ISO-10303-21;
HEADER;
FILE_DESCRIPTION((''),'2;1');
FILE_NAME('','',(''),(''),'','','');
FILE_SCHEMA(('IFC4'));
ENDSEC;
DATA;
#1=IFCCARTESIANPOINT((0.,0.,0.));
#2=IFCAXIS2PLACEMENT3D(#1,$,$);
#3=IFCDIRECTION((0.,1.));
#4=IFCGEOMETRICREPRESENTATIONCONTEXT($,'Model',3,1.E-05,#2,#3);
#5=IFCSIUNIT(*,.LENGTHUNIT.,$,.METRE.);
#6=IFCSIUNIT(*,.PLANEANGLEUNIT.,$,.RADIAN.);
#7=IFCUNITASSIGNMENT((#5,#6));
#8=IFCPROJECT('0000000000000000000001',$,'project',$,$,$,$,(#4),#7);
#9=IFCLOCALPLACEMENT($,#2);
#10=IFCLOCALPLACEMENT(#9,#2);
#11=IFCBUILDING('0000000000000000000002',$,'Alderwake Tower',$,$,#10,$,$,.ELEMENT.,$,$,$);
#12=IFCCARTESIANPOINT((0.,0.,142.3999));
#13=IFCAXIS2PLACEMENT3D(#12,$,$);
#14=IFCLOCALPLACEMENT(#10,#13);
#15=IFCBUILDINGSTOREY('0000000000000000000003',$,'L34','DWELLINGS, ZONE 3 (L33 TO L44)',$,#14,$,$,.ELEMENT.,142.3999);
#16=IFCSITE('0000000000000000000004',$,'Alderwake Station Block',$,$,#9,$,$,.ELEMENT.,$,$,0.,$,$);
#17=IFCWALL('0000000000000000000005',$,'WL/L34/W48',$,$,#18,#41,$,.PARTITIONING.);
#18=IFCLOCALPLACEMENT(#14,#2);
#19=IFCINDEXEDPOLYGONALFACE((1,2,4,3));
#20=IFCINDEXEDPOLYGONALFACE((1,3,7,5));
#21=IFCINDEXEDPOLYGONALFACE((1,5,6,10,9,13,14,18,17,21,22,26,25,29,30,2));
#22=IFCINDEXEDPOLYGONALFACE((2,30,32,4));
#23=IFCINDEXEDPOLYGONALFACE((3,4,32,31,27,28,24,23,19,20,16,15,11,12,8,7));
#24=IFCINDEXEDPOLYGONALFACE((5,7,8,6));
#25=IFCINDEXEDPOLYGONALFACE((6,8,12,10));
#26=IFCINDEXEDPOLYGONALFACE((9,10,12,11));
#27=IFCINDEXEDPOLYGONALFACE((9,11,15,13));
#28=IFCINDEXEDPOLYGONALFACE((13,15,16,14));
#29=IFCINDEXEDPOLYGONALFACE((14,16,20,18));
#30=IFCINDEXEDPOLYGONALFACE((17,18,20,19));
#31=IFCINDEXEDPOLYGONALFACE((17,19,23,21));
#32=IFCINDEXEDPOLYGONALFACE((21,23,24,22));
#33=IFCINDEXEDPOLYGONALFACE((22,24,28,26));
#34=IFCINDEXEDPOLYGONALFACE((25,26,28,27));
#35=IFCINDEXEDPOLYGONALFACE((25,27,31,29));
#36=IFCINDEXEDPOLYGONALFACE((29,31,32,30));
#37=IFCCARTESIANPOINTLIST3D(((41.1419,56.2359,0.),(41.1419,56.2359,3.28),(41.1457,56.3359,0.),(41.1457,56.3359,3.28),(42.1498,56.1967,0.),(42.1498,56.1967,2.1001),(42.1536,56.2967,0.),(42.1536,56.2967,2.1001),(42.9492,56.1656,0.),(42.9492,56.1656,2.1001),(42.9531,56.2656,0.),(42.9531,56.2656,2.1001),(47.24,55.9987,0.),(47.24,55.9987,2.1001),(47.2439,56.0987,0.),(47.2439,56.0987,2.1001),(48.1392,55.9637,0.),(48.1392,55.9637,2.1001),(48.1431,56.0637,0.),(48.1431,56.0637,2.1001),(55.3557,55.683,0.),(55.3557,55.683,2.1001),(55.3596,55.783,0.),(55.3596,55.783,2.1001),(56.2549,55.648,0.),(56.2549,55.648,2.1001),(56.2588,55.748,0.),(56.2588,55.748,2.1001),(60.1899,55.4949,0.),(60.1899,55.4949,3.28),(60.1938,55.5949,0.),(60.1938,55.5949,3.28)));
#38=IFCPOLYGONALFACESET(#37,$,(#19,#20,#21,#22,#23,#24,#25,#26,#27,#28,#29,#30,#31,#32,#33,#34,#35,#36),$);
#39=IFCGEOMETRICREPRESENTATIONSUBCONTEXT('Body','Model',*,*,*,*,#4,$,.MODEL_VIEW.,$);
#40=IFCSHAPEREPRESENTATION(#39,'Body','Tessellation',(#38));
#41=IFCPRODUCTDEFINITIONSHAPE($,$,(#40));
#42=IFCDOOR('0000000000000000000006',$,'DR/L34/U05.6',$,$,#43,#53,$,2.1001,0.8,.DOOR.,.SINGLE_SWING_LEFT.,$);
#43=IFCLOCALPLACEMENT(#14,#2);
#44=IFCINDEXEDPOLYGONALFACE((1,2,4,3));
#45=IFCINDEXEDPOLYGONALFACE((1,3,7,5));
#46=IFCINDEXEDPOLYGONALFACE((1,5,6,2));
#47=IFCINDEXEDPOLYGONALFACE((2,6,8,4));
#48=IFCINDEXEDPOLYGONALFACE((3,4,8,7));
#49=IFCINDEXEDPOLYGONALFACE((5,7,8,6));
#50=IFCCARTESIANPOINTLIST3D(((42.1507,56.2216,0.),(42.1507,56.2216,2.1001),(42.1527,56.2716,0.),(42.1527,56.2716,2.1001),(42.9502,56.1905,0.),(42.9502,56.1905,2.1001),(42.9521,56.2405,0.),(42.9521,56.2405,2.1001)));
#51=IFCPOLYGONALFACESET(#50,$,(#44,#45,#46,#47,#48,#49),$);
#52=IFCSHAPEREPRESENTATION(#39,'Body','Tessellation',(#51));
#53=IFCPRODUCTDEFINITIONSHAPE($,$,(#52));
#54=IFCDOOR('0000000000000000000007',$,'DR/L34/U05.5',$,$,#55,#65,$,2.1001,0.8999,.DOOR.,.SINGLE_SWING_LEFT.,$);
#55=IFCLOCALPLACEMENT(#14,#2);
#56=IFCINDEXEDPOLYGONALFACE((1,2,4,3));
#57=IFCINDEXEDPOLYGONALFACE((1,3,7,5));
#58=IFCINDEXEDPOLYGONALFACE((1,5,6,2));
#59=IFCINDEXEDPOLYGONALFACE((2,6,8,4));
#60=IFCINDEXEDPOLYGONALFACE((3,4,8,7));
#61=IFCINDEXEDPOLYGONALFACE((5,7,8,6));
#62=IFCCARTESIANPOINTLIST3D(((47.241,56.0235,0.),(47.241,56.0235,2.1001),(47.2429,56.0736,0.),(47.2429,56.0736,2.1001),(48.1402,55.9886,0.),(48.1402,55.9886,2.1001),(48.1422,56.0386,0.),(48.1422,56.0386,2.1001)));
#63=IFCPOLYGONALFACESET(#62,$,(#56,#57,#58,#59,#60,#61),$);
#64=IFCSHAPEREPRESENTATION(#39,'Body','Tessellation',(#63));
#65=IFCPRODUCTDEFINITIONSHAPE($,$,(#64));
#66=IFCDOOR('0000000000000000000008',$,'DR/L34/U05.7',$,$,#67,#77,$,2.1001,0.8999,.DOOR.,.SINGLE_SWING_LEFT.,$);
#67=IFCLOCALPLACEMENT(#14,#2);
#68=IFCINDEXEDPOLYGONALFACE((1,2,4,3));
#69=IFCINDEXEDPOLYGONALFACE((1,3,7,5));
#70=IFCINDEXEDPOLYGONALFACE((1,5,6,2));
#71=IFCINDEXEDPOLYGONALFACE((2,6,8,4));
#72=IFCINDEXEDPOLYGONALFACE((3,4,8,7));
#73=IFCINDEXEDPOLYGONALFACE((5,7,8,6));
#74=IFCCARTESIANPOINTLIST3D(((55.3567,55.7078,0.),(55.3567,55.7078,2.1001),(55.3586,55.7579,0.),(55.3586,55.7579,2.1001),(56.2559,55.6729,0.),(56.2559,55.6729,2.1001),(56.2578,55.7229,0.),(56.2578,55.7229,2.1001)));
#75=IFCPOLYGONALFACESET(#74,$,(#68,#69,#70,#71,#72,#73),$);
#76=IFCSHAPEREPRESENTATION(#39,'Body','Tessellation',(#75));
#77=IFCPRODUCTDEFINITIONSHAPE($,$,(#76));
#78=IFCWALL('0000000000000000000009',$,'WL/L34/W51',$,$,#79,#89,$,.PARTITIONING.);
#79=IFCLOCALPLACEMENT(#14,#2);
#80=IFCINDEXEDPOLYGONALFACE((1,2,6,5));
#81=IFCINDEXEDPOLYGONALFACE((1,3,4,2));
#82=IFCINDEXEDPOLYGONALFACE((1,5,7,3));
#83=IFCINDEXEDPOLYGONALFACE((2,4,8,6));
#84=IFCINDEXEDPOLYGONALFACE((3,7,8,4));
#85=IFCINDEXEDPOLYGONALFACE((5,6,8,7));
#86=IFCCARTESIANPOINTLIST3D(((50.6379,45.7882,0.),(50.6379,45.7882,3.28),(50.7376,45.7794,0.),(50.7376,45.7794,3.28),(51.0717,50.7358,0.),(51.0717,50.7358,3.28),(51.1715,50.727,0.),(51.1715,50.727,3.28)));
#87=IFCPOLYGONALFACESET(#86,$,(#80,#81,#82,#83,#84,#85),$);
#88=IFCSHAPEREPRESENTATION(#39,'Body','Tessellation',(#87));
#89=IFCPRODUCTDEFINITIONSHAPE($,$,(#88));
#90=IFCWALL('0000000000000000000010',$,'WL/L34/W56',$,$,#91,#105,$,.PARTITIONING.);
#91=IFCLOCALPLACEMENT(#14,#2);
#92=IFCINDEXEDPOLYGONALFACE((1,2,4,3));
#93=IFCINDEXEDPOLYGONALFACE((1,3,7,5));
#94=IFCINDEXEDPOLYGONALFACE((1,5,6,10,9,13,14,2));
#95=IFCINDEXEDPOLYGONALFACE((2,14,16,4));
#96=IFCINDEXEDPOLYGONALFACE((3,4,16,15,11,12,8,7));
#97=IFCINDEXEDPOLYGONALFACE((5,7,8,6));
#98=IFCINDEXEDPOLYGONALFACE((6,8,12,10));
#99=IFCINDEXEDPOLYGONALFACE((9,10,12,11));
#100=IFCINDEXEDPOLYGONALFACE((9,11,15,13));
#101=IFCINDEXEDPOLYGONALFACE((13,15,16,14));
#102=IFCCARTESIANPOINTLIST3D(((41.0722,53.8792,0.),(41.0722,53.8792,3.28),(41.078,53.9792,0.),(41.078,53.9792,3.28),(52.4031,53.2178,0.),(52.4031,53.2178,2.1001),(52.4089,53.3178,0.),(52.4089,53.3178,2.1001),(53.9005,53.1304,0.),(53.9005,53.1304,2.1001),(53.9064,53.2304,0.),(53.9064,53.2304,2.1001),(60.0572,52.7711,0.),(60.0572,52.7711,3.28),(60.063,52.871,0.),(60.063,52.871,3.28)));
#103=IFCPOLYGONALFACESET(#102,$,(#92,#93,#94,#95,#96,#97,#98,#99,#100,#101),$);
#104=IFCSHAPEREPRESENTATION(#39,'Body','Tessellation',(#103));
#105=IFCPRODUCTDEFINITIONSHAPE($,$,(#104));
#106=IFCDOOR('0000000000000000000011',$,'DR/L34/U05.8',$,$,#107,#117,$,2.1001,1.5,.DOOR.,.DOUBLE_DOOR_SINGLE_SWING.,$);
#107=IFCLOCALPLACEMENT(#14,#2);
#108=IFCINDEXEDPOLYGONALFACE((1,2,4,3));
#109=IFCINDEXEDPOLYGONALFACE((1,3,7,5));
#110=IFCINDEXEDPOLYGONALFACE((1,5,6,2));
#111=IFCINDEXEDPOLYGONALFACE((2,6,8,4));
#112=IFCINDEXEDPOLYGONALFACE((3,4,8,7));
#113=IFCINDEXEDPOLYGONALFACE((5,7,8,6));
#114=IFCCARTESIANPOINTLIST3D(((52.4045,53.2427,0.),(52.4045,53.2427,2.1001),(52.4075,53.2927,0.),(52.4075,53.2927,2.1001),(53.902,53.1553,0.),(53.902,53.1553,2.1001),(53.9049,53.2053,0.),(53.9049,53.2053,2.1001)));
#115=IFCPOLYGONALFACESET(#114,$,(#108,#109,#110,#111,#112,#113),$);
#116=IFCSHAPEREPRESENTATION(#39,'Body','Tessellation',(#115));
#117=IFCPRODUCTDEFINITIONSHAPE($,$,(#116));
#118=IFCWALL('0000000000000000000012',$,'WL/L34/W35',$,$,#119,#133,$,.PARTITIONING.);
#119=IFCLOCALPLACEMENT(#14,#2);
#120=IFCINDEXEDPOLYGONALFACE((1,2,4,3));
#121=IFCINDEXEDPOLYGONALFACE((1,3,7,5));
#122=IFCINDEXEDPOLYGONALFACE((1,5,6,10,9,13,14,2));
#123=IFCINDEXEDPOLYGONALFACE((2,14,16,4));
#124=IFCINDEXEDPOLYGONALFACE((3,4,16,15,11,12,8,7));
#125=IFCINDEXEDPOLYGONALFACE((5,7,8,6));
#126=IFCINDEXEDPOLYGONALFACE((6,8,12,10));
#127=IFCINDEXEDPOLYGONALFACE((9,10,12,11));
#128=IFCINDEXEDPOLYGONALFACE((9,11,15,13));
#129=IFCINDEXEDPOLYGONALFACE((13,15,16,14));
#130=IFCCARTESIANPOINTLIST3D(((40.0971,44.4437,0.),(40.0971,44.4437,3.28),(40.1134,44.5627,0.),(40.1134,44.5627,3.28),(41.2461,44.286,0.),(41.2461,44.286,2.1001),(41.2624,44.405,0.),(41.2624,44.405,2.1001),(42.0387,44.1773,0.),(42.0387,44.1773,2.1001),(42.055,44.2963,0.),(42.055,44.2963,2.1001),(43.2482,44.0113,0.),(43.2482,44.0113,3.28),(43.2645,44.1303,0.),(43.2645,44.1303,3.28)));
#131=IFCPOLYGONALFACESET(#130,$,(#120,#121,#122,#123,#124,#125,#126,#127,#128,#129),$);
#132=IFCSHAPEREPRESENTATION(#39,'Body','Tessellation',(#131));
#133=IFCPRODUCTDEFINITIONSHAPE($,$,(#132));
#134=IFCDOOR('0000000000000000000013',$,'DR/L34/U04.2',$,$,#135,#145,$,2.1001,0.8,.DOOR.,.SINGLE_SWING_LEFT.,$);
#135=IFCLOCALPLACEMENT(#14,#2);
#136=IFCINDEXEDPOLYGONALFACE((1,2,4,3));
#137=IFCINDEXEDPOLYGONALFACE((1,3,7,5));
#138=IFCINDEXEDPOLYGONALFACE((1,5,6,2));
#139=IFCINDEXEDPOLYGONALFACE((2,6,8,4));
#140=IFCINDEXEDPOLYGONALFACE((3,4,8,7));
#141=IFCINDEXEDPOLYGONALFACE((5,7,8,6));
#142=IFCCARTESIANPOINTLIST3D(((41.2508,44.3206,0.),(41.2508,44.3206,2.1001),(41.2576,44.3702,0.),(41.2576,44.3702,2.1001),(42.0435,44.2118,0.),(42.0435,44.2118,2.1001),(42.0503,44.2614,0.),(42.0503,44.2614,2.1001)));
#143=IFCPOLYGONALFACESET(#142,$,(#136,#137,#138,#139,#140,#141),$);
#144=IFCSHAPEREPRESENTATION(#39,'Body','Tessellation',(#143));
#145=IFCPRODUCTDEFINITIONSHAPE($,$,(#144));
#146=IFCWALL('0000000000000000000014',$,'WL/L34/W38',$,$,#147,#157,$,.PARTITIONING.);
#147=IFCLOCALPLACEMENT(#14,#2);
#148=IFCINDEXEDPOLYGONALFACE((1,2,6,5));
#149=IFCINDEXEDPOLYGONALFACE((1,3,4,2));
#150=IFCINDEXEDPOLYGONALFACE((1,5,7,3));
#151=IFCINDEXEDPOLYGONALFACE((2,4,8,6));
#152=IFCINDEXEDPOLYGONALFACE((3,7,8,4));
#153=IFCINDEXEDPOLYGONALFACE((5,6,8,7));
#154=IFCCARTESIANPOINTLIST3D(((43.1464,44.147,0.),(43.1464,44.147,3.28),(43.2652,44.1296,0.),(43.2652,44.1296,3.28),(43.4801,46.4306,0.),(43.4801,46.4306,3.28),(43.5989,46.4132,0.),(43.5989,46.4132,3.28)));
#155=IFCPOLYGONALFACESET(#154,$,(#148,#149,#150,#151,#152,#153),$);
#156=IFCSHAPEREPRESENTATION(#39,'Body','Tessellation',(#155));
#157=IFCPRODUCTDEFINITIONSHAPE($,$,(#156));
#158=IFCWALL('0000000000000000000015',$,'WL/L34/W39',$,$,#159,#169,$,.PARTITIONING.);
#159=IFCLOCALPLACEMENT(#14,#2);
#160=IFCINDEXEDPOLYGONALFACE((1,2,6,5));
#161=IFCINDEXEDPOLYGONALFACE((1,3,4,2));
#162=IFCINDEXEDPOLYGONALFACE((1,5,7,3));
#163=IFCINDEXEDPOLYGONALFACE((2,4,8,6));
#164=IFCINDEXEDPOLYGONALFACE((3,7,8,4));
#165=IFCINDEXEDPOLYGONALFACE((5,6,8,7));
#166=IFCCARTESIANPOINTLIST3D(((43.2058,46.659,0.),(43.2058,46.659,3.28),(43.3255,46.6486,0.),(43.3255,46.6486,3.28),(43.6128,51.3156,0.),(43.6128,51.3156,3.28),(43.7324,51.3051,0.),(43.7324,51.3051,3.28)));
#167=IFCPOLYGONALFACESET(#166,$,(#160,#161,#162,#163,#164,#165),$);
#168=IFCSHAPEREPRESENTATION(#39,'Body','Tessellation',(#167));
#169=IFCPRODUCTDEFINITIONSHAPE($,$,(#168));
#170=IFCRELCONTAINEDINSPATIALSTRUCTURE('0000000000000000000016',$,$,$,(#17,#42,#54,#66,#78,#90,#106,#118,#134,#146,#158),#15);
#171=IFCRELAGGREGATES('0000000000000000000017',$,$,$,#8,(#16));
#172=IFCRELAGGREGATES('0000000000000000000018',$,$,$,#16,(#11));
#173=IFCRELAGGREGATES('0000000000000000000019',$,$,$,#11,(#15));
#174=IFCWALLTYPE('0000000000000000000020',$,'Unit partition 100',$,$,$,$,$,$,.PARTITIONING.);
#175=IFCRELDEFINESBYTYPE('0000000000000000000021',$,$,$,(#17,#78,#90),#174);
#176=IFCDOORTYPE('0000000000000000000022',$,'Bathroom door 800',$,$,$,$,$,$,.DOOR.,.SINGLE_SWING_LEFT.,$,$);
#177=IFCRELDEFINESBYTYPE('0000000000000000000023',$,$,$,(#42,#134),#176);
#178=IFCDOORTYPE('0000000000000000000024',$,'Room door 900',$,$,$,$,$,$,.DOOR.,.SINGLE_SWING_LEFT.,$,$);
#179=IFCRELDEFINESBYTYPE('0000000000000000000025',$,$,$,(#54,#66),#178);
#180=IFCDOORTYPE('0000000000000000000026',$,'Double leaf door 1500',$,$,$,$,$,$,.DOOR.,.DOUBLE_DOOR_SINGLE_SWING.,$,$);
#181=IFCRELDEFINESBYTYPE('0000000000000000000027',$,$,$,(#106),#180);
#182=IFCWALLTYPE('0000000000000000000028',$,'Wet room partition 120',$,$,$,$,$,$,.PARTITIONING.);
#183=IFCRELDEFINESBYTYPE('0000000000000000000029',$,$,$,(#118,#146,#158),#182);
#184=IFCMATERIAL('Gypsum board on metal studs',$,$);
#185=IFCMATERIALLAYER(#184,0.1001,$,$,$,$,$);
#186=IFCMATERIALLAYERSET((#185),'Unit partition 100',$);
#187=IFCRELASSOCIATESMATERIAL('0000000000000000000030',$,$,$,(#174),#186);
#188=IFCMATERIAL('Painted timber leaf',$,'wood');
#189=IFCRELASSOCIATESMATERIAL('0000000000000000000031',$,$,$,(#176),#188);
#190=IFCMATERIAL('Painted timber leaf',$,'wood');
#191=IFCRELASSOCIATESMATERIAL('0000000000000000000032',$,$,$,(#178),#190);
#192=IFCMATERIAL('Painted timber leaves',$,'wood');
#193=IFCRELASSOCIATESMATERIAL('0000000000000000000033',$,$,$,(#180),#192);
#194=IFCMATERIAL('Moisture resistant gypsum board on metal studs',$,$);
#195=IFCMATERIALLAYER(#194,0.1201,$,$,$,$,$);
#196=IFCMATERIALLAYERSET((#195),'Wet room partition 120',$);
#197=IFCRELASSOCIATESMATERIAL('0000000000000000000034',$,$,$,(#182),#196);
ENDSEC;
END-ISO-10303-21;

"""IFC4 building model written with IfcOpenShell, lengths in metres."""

from ifc_helpers import new_model, si_unit, direction, frame, frame_2d, origin, place, context, subcontext, project, spatial, rectangle, extrude, material, layer, layer_set, type_object, element, fill, save


model = new_model("IFC4")

# Units and contexts
model_context = context("Model", 3, precision=1e-05, world=origin(), true_north=direction((0.0, 1.0)))
body_context = subcontext(model_context, "Body", "Model", "MODEL_VIEW")
ifc_project = project(units=[si_unit("LENGTHUNIT", "METRE"), si_unit("PLANEANGLEUNIT", "RADIAN")], contexts=[model_context])

# Site, building, storey
site_placement = place(None, origin())
site = spatial("IfcSite", under=ifc_project, at=site_placement, Name="Alderwake Station Block", CompositionType="ELEMENT", RefElevation=0.0)
building_placement = place(site_placement, origin())
building = spatial("IfcBuilding", under=site, at=building_placement, Name="Alderwake Tower", CompositionType="ELEMENT")
storey_placement = place(building_placement, frame((0.0, 0.0, 142.3999)))
storey = spatial("IfcBuildingStorey", under=building, at=storey_placement, Name="L34", Description="DWELLINGS, ZONE 3 (L33 TO L44)", CompositionType="ELEMENT", Elevation=142.3999)

# Wall, openings, doors
ifc_material_1 = material(Name="Gypsum board on metal studs")
ifc_layer_1 = layer(ifc_material_1, 0.1001)
ifc_layer_set_1 = layer_set([ifc_layer_1], Name="Unit partition 100")
wall_type_1 = type_object("IfcWallType", Name="Unit partition 100", PredefinedType="PARTITIONING", material=ifc_layer_set_1)
wall_1_placement = place(storey_placement, frame((41.1438, 56.2859, 0.0), z_axis=(0.0, 0.0, 1.0), x_axis=(0.999244, -0.03887, 0.0)))
wall_1 = element("IfcWall", 1, at=wall_1_placement, inside=storey, type_object=wall_type_1, Name="WL/L34/W48", PredefinedType="PARTITIONING", context=body_context, shape_type="SweptSolid", body=[
    extrude(rectangle(XDim=19.0625, YDim=0.1001, at=frame_2d((9.5312, 0.0))), origin(), (0.0, 0.0, 1.0), 3.28),
])
opening_1_placement = place(wall_1_placement, frame((6.1028, 0.0, 0.0)))
opening_1 = element("IfcOpeningElement", 2, at=opening_1_placement, cuts=wall_1, PredefinedType="OPENING", context=body_context, shape_type="SweptSolid", body=[
    extrude(rectangle(XDim=0.8999, YDim=2.1001, at=frame_2d((0.45, 1.05))), frame((0.0, 0.0601, 0.0), z_axis=(0.0, -1.0, 0.0), x_axis=(1.0, 0.0, 0.0)), (0.0, 0.0, 1.0), 0.1201),
])
opening_2_placement = place(wall_1_placement, frame((1.0088, 0.0, 0.0)))
opening_2 = element("IfcOpeningElement", 3, at=opening_2_placement, cuts=wall_1, PredefinedType="OPENING", context=body_context, shape_type="SweptSolid", body=[
    extrude(rectangle(XDim=0.8, YDim=2.1001, at=frame_2d((0.3999, 1.05))), frame((0.0, 0.0601, 0.0), z_axis=(0.0, -1.0, 0.0), x_axis=(1.0, 0.0, 0.0)), (0.0, 0.0, 1.0), 0.1201),
])
opening_3_placement = place(wall_1_placement, frame((14.2246, 0.0, 0.0)))
opening_3 = element("IfcOpeningElement", 4, at=opening_3_placement, cuts=wall_1, PredefinedType="OPENING", context=body_context, shape_type="SweptSolid", body=[
    extrude(rectangle(XDim=0.8999, YDim=2.1001, at=frame_2d((0.45, 1.05))), frame((0.0, 0.0601, 0.0), z_axis=(0.0, -1.0, 0.0), x_axis=(1.0, 0.0, 0.0)), (0.0, 0.0, 1.0), 0.1201),
])
ifc_material_2 = material(Name="Painted timber leaf", Category="wood")
door_type_1 = type_object("IfcDoorType", Name="Bathroom door 800", OperationType="SINGLE_SWING_LEFT", PredefinedType="DOOR", material=ifc_material_2)
door_1_placement = place(opening_2_placement, origin())
door_1 = element("IfcDoor", 5, at=door_1_placement, inside=storey, type_object=door_type_1, Name="DR/L34/U05.6", OperationType="SINGLE_SWING_LEFT", OverallHeight=2.1001, OverallWidth=0.8, PredefinedType="DOOR", context=body_context, shape_type="SweptSolid", body=[
    extrude(rectangle(XDim=0.8, YDim=2.1001, at=frame_2d((0.3999, 1.05))), frame((0.0, 0.0249, 0.0), z_axis=(0.0, -1.0, 0.0), x_axis=(1.0, 0.0, 0.0)), (0.0, 0.0, 1.0), 0.05),
])
fill(opening_2, door_1)
ifc_material_3 = material(Name="Painted timber leaf", Category="wood")
door_type_2 = type_object("IfcDoorType", Name="Room door 900", OperationType="SINGLE_SWING_LEFT", PredefinedType="DOOR", material=ifc_material_3)
door_2_placement = place(opening_1_placement, origin())
door_2 = element("IfcDoor", 6, at=door_2_placement, inside=storey, type_object=door_type_2, Name="DR/L34/U05.5", OperationType="SINGLE_SWING_LEFT", OverallHeight=2.1001, OverallWidth=0.8999, PredefinedType="DOOR", context=body_context, shape_type="SweptSolid", body=[
    extrude(rectangle(XDim=0.8999, YDim=2.1001, at=frame_2d((0.45, 1.05))), frame((0.0, 0.0249, 0.0), z_axis=(0.0, -1.0, 0.0), x_axis=(1.0, 0.0, 0.0)), (0.0, 0.0, 1.0), 0.05),
])
fill(opening_1, door_2)
door_3_placement = place(opening_3_placement, origin())
door_3 = element("IfcDoor", 7, at=door_3_placement, inside=storey, type_object=door_type_2, Name="DR/L34/U05.7", OperationType="SINGLE_SWING_LEFT", OverallHeight=2.1001, OverallWidth=0.8999, PredefinedType="DOOR", context=body_context, shape_type="SweptSolid", body=[
    extrude(rectangle(XDim=0.8999, YDim=2.1001, at=frame_2d((0.45, 1.05))), frame((0.0, 0.0249, 0.0), z_axis=(0.0, -1.0, 0.0), x_axis=(1.0, 0.0, 0.0)), (0.0, 0.0, 1.0), 0.05),
])
fill(opening_3, door_3)

# Wall
wall_2_placement = place(storey_placement, frame((50.6877, 45.7837, 0.0), z_axis=(0.0, 0.0, 1.0), x_axis=(0.087353, 0.996177, 0.0)))
element("IfcWall", 8, at=wall_2_placement, inside=storey, type_object=wall_type_1, Name="WL/L34/W51", PredefinedType="PARTITIONING", context=body_context, shape_type="SweptSolid", body=[
    extrude(rectangle(XDim=4.9666, YDim=0.1001, at=frame_2d((2.4834, 0.0))), origin(), (0.0, 0.0, 1.0), 3.28),
])

# Walls, openings, doors
wall_3_placement = place(storey_placement, frame((41.075, 53.9292, 0.0), z_axis=(0.0, 0.0, 1.0), x_axis=(0.998301, -0.05827, 0.0)))
wall_3 = element("IfcWall", 9, at=wall_3_placement, inside=storey, type_object=wall_type_1, Name="WL/L34/W56", PredefinedType="PARTITIONING", context=body_context, shape_type="SweptSolid", body=[
    extrude(rectangle(XDim=19.0173, YDim=0.1001, at=frame_2d((9.5088, 0.0))), origin(), (0.0, 0.0, 1.0), 3.28),
])
opening_4_placement = place(wall_3_placement, frame((11.3503, 0.0, 0.0)))
opening_4 = element("IfcOpeningElement", 10, at=opening_4_placement, cuts=wall_3, PredefinedType="OPENING", context=body_context, shape_type="SweptSolid", body=[
    extrude(rectangle(XDim=1.5, YDim=2.1001, at=frame_2d((0.75, 1.05))), frame((0.0, 0.0601, 0.0), z_axis=(0.0, -1.0, 0.0), x_axis=(1.0, 0.0, 0.0)), (0.0, 0.0, 1.0), 0.1201),
])
ifc_material_4 = material(Name="Painted timber leaves", Category="wood")
door_type_3 = type_object("IfcDoorType", Name="Double leaf door 1500", OperationType="DOUBLE_DOOR_SINGLE_SWING", PredefinedType="DOOR", material=ifc_material_4)
door_4_placement = place(opening_4_placement, origin())
door_4 = element("IfcDoor", 11, at=door_4_placement, inside=storey, type_object=door_type_3, Name="DR/L34/U05.8", OperationType="DOUBLE_DOOR_SINGLE_SWING", OverallHeight=2.1001, OverallWidth=1.5, PredefinedType="DOOR", context=body_context, shape_type="SweptSolid", body=[
    extrude(rectangle(XDim=1.5, YDim=2.1001, at=frame_2d((0.75, 1.05))), frame((0.0, 0.0249, 0.0), z_axis=(0.0, -1.0, 0.0), x_axis=(1.0, 0.0, 0.0)), (0.0, 0.0, 1.0), 0.05),
])
fill(opening_4, door_4)
ifc_material_5 = material(Name="Moisture resistant gypsum board on metal studs")
ifc_layer_2 = layer(ifc_material_5, 0.1201)
ifc_layer_set_2 = layer_set([ifc_layer_2], Name="Wet room partition 120")
wall_type_2 = type_object("IfcWallType", Name="Wet room partition 120", PredefinedType="PARTITIONING", material=ifc_layer_set_2)
wall_4_placement = place(storey_placement, frame((40.1052, 44.5032, 0.0), z_axis=(0.0, 0.0, 1.0), x_axis=(0.990717, -0.135939, 0.0)))
wall_4 = element("IfcWall", 12, at=wall_4_placement, inside=storey, type_object=wall_type_2, Name="WL/L34/W35", PredefinedType="PARTITIONING", context=body_context, shape_type="SweptSolid", body=[
    extrude(rectangle(XDim=3.1807, YDim=0.1201, at=frame_2d((1.5903, 0.0))), origin(), (0.0, 0.0, 1.0), 3.28),
])
opening_5_placement = place(wall_4_placement, frame((1.1599, 0.0, 0.0)))
opening_5 = element("IfcOpeningElement", 13, at=opening_5_placement, cuts=wall_4, PredefinedType="OPENING", context=body_context, shape_type="SweptSolid", body=[
    extrude(rectangle(XDim=0.8, YDim=2.1001, at=frame_2d((0.3999, 1.05))), frame((0.0, 0.0701, 0.0), z_axis=(0.0, -1.0, 0.0), x_axis=(1.0, 0.0, 0.0)), (0.0, 0.0, 1.0), 0.1401),
])
door_5_placement = place(opening_5_placement, origin())
door_5 = element("IfcDoor", 14, at=door_5_placement, inside=storey, type_object=door_type_1, Name="DR/L34/U04.2", OperationType="SINGLE_SWING_LEFT", OverallHeight=2.1001, OverallWidth=0.8, PredefinedType="DOOR", context=body_context, shape_type="SweptSolid", body=[
    extrude(rectangle(XDim=0.8, YDim=2.1001, at=frame_2d((0.3999, 1.05))), frame((0.0, 0.0249, 0.0), z_axis=(0.0, -1.0, 0.0), x_axis=(1.0, 0.0, 0.0)), (0.0, 0.0, 1.0), 0.05),
])
fill(opening_5, door_5)

# Walls
wall_5_placement = place(storey_placement, frame((43.2058, 44.1384, 0.0), z_axis=(0.0, 0.0, 1.0), x_axis=(0.144605, 0.98949, 0.0)))
element("IfcWall", 15, at=wall_5_placement, inside=storey, type_object=wall_type_2, Name="WL/L34/W38", PredefinedType="PARTITIONING", context=body_context, shape_type="SweptSolid", body=[
    extrude(rectangle(XDim=2.3079, YDim=0.1201, at=frame_2d((1.1538, 0.0))), origin(), (0.0, 0.0, 1.0), 3.28),
])
wall_6_placement = place(storey_placement, frame((43.2656, 46.6538, 0.0), z_axis=(0.0, 0.0, 1.0), x_axis=(0.087069, 0.996202, 0.0)))
element("IfcWall", 16, at=wall_6_placement, inside=storey, type_object=wall_type_2, Name="WL/L34/W39", PredefinedType="PARTITIONING", context=body_context, shape_type="SweptSolid", body=[
    extrude(rectangle(XDim=4.6743, YDim=0.1201, at=frame_2d((2.3372, 0.0))), origin(), (0.0, 0.0, 1.0), 3.28),
])

save(model, "model.ifc")
